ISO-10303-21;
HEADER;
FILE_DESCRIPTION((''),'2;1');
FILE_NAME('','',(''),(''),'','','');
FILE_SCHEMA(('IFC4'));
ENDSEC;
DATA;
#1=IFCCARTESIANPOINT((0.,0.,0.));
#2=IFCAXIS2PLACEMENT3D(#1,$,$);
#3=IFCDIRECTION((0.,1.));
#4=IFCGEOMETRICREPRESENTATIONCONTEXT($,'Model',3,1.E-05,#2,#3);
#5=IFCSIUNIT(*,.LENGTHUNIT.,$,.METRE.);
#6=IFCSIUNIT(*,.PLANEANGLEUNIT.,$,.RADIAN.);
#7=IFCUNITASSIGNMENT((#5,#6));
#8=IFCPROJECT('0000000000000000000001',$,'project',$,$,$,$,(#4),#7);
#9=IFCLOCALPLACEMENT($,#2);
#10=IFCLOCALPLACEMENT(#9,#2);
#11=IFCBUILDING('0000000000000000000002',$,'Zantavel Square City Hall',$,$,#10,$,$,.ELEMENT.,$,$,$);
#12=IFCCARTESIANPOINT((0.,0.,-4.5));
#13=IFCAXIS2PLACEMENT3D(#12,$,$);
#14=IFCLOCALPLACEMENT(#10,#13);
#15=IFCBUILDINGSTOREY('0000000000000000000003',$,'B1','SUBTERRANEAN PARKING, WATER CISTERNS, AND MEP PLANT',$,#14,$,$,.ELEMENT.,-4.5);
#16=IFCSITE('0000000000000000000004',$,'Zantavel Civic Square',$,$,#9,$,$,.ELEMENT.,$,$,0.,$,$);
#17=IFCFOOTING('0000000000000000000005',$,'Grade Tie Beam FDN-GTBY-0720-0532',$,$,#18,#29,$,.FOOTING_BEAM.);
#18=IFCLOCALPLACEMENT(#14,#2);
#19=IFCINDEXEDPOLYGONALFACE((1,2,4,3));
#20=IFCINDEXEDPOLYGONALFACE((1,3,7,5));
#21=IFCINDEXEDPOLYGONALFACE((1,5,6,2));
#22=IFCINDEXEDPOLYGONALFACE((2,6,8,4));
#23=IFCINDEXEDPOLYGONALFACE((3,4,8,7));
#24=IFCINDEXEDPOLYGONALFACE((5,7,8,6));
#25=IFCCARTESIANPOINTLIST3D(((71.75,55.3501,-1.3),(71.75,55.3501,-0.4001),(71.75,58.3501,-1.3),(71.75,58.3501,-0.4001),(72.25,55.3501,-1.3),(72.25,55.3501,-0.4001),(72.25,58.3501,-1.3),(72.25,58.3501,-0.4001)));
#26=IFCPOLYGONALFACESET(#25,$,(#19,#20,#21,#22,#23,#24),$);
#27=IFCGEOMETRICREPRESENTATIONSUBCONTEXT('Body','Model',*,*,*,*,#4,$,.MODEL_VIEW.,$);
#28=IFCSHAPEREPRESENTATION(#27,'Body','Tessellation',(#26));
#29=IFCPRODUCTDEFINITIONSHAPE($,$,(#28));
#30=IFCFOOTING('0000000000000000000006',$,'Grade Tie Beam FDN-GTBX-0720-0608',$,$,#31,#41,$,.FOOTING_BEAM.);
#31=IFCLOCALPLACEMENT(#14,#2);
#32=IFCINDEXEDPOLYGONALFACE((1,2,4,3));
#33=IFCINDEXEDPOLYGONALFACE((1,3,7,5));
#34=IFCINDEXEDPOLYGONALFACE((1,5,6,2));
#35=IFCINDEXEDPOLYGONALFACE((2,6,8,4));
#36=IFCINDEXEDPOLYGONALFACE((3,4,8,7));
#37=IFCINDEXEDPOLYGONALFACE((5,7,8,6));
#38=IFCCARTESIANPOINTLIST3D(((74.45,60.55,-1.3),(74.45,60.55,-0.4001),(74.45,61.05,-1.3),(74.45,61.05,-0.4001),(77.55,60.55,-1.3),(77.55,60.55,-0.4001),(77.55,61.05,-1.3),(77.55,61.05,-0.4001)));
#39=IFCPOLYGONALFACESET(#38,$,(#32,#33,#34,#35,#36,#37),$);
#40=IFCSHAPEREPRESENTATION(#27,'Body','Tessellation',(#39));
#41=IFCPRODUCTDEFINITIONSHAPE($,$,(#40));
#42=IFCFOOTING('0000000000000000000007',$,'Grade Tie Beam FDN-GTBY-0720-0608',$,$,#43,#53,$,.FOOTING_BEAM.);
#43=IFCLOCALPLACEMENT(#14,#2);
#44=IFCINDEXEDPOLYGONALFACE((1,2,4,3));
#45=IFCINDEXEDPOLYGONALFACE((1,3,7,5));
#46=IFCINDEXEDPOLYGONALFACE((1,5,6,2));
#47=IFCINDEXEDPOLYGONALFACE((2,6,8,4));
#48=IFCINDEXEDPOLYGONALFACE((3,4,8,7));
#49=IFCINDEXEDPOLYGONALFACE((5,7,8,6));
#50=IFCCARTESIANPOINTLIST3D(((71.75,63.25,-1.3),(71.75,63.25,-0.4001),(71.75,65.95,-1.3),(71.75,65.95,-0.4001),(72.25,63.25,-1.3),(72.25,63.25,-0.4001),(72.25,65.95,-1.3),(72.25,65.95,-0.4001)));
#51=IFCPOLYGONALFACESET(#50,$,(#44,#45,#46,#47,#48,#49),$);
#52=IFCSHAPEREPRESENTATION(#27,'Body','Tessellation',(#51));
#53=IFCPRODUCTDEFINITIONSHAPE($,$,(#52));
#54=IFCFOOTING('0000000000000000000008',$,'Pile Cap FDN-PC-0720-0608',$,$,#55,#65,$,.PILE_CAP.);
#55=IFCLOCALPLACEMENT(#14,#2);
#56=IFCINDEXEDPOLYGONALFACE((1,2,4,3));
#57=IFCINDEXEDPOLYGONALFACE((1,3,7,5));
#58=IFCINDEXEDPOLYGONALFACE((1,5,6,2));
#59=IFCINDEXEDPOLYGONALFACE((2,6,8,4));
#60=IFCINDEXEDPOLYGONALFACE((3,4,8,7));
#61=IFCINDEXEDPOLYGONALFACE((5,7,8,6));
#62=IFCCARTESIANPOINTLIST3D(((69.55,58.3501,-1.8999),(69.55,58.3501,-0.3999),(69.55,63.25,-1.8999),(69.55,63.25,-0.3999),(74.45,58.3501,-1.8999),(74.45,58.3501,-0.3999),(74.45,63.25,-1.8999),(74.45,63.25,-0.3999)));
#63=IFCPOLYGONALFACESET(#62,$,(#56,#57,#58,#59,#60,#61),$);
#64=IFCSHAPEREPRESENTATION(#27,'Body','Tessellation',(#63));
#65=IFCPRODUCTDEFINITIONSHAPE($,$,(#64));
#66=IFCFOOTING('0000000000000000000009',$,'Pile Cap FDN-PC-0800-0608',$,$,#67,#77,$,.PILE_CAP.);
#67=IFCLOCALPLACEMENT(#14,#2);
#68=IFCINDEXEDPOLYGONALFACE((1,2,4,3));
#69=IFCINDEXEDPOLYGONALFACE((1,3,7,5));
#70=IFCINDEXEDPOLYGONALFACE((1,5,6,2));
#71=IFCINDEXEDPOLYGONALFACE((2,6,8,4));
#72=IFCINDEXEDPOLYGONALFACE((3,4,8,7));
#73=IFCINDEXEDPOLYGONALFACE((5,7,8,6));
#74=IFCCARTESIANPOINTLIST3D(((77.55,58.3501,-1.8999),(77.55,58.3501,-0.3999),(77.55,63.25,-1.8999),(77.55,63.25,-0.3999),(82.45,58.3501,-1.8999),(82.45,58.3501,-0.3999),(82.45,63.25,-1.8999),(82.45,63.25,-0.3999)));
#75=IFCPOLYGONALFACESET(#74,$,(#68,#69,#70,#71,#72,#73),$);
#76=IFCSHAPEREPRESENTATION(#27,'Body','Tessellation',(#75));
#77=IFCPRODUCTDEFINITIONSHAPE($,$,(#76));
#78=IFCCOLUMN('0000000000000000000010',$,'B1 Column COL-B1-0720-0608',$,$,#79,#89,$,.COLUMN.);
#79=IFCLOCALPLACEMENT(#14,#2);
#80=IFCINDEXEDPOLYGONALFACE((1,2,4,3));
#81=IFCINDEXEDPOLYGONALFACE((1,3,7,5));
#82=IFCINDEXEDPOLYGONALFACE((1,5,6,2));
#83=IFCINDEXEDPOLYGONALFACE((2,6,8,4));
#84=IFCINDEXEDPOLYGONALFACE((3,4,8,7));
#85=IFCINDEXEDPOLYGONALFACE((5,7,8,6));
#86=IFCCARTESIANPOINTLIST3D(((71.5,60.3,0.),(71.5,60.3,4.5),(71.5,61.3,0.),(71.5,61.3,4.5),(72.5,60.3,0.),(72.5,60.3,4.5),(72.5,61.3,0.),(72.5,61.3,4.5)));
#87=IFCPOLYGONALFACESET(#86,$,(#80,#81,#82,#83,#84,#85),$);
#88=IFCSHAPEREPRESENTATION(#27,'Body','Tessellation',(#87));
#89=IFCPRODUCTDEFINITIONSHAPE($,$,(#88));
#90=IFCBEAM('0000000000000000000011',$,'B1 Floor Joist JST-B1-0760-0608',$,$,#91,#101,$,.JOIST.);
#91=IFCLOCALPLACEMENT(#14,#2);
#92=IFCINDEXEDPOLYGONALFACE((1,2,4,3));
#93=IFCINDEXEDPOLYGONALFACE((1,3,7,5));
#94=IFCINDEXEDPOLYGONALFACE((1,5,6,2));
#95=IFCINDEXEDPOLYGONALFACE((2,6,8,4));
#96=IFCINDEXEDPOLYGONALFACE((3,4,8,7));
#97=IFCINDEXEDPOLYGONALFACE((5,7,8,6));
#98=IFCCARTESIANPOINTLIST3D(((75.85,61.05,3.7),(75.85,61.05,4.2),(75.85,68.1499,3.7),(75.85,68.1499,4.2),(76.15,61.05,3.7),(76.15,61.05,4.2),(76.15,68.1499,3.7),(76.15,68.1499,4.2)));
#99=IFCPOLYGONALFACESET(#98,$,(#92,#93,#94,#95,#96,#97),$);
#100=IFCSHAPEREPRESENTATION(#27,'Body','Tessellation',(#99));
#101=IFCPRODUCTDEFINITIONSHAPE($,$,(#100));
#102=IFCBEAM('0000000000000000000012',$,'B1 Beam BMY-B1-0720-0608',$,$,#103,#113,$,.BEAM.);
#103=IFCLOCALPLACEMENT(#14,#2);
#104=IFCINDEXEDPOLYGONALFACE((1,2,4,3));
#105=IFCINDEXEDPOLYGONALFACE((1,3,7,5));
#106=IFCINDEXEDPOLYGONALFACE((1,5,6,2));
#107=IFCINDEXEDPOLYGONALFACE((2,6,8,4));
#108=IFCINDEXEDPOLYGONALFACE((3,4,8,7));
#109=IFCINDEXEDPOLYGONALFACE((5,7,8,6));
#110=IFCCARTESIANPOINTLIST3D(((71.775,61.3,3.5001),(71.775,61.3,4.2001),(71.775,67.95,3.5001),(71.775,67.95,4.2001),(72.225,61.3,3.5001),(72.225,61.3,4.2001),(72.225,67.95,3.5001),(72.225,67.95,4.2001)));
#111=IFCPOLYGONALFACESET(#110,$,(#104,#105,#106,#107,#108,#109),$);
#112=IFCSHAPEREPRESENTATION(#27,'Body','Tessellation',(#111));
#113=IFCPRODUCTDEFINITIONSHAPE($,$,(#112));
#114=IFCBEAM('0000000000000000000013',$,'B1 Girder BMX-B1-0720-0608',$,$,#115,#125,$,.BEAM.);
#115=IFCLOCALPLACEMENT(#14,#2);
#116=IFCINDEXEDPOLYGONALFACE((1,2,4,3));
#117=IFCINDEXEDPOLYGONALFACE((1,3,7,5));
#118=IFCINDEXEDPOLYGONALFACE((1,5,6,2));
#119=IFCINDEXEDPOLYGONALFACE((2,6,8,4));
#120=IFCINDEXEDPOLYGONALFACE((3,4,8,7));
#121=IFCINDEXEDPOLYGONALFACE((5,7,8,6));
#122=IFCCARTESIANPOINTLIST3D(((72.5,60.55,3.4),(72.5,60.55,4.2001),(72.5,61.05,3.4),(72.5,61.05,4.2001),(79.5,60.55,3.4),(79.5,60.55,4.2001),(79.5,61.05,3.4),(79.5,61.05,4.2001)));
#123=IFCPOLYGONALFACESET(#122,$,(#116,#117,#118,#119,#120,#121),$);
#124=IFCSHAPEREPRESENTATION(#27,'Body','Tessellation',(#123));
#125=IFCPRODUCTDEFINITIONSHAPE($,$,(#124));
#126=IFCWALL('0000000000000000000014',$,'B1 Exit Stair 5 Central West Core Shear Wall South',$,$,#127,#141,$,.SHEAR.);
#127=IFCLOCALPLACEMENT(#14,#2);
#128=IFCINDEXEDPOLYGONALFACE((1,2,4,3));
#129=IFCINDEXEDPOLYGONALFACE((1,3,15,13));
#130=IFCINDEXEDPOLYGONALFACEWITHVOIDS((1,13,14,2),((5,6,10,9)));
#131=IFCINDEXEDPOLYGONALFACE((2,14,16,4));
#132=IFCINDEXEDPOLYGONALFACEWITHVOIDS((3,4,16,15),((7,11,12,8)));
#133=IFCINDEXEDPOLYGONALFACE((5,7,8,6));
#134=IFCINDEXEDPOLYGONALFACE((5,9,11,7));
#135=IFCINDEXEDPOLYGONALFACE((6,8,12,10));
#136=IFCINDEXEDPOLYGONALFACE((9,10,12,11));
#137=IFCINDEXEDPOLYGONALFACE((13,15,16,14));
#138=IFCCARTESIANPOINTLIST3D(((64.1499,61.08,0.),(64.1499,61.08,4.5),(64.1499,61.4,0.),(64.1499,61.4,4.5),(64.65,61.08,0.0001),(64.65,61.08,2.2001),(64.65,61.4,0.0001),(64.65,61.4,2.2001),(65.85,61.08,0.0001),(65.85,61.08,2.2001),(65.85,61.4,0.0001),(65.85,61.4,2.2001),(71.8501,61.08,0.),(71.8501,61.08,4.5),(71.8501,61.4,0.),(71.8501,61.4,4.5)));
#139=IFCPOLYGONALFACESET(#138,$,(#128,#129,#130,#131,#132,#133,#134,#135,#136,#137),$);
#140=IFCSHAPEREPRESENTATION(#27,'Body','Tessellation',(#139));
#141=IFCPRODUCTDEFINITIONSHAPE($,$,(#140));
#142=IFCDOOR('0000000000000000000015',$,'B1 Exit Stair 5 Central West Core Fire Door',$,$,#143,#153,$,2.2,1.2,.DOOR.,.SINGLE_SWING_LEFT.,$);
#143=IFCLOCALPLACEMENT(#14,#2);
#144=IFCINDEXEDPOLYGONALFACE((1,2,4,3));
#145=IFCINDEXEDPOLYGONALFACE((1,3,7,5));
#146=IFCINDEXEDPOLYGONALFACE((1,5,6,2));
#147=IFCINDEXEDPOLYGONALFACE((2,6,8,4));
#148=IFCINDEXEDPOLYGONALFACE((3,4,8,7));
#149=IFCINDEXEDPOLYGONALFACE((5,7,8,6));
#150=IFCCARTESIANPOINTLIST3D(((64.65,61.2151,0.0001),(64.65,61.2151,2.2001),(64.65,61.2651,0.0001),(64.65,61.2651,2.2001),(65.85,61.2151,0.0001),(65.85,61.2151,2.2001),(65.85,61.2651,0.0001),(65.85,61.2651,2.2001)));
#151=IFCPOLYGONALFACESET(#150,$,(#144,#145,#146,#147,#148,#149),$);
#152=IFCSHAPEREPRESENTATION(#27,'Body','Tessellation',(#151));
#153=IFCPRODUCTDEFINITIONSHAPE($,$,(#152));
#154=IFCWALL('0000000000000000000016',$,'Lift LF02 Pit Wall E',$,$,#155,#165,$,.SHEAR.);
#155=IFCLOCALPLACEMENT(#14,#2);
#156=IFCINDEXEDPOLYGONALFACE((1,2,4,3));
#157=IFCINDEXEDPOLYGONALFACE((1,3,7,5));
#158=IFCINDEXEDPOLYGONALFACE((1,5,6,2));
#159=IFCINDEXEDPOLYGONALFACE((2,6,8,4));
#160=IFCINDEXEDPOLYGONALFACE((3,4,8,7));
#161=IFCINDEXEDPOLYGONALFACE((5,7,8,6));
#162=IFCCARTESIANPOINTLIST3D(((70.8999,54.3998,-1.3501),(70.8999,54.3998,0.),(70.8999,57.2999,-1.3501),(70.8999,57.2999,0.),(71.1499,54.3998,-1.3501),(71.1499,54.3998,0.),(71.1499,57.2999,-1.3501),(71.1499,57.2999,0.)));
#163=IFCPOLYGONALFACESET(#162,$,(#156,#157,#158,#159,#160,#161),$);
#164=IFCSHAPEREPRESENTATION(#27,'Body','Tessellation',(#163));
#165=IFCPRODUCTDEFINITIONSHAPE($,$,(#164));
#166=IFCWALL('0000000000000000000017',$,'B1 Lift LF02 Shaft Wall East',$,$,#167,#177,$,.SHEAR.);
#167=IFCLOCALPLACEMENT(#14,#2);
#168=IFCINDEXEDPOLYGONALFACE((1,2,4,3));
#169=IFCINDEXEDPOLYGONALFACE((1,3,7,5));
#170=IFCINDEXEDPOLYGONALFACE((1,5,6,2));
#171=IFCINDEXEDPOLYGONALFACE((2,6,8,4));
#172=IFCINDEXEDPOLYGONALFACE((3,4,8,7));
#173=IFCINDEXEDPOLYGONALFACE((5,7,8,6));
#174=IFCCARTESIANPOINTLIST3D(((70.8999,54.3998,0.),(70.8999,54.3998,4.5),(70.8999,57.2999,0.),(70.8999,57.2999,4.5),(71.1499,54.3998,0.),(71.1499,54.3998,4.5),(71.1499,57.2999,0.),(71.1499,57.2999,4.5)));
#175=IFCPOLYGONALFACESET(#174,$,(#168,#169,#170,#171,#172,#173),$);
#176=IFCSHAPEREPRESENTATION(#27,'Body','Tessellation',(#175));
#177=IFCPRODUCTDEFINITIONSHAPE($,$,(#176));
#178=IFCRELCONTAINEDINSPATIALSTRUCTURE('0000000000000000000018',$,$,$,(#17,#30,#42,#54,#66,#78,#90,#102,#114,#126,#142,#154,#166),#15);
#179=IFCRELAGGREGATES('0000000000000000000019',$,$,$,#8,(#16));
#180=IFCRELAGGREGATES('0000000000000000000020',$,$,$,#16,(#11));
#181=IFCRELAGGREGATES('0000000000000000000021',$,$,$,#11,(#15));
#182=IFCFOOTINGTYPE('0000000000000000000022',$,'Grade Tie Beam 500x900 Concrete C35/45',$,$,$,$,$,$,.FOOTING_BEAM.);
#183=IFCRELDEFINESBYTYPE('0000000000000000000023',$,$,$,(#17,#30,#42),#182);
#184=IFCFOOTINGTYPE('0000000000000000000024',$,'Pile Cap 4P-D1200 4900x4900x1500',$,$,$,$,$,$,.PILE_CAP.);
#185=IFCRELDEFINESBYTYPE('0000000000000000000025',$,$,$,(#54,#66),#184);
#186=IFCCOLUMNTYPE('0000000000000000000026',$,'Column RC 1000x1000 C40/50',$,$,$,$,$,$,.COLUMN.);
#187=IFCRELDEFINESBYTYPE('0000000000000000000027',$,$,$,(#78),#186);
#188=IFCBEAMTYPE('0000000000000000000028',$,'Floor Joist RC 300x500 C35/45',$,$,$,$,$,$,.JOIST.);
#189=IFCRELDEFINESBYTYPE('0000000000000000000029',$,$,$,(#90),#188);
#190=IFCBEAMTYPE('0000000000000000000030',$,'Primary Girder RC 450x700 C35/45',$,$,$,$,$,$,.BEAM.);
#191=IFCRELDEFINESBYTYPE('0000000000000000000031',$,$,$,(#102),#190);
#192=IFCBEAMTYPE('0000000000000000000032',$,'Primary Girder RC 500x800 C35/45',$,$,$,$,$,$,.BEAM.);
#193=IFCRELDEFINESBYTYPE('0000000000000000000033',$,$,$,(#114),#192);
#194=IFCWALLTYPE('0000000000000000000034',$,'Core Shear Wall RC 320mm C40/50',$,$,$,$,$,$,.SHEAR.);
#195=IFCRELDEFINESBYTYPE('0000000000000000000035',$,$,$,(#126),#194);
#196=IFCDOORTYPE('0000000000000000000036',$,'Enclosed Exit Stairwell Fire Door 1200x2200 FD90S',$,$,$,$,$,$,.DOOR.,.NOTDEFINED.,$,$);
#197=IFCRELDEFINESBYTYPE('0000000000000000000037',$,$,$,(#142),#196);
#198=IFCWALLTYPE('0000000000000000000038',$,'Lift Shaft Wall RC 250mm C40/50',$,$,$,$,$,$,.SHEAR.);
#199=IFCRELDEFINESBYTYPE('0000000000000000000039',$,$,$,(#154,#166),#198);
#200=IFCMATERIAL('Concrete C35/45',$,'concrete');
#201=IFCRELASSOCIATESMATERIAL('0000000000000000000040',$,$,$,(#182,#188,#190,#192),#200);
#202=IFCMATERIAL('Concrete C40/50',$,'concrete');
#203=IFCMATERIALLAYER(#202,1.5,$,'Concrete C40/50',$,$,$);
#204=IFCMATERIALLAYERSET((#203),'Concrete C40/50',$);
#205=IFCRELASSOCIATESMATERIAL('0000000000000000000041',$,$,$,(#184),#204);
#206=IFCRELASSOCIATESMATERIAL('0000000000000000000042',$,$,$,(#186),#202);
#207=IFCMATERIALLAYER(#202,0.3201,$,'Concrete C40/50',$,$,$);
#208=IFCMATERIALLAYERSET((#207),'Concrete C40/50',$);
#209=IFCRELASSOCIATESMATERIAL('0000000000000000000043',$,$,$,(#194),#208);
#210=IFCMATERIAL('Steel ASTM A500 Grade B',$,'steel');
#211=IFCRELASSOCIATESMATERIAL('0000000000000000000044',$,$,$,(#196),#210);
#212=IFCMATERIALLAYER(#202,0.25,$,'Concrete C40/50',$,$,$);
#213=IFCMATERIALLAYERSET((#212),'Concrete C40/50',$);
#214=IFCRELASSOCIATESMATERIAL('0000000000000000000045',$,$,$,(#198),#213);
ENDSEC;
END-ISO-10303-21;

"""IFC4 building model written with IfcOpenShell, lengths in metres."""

from ifc_helpers import new_model, si_unit, direction, frame, frame_2d, origin, origin_2d, place, context, subcontext, project, spatial, rectangle, extrude, material, layer, layer_set, material_profile, profile_set, type_object, element, fill, save


model = new_model("IFC4")

# Units and contexts
model_context = context("Model", 3, precision=1e-05, world=origin(), true_north=direction((0.0, 1.0)))
body_context = subcontext(model_context, "Body", "Model", "MODEL_VIEW")
ifc_project = project(units=[si_unit("LENGTHUNIT", "METRE"), si_unit("PLANEANGLEUNIT", "RADIAN")], contexts=[model_context])

# Site, building, storey
site_placement = place(None, origin())
site = spatial("IfcSite", under=ifc_project, at=site_placement, Name="Zantavel Civic Square", CompositionType="ELEMENT", RefElevation=0.0)
building_placement = place(site_placement, origin())
building = spatial("IfcBuilding", under=site, at=building_placement, Name="Zantavel Square City Hall", CompositionType="ELEMENT")
storey_placement = place(building_placement, frame((0.0, 0.0, -4.5)))
storey = spatial("IfcBuildingStorey", under=building, at=storey_placement, Name="B1", Description="SUBTERRANEAN PARKING, WATER CISTERNS, AND MEP PLANT", CompositionType="ELEMENT", Elevation=-4.5)

# Shared definitions
ifc_material_1 = material(Name="Concrete C35/45", Category="concrete")

# Footings
ifc_material_profile_1 = material_profile(ifc_material_1, rectangle(XDim=0.5, YDim=0.8999, at=origin_2d()), Name="RC 500x900")
ifc_profile_set_1 = profile_set([ifc_material_profile_1], Name="Concrete C35/45")
footing_type_1 = type_object("IfcFootingType", Name="Grade Tie Beam 500x900 Concrete C35/45", PredefinedType="FOOTING_BEAM", material=ifc_profile_set_1)
footing_1_placement = place(storey_placement, frame((72.0, 55.3501, -0.8501), z_axis=(0.0, 1.0, 0.0), x_axis=(-1.0, 0.0, 0.0)))
element("IfcFooting", 1, at=footing_1_placement, inside=storey, type_object=footing_type_1, Name="Grade Tie Beam FDN-GTBY-0720-0532", PredefinedType="FOOTING_BEAM", context=body_context, shape_type="SweptSolid", body=[
    extrude(rectangle(XDim=0.5, YDim=0.8999, at=origin_2d()), origin(), (0.0, 0.0, 1.0), 3.0),
])
footing_2_placement = place(storey_placement, frame((74.45, 60.8, -0.8501), z_axis=(1.0, 0.0, 0.0), x_axis=(0.0, 1.0, 0.0)))
element("IfcFooting", 2, at=footing_2_placement, inside=storey, type_object=footing_type_1, Name="Grade Tie Beam FDN-GTBX-0720-0608", PredefinedType="FOOTING_BEAM", context=body_context, shape_type="SweptSolid", body=[
    extrude(rectangle(XDim=0.5, YDim=0.8999, at=origin_2d()), origin(), (0.0, 0.0, 1.0), 3.1001),
])
footing_3_placement = place(storey_placement, frame((72.0, 63.25, -0.8501), z_axis=(0.0, 1.0, 0.0), x_axis=(-1.0, 0.0, 0.0)))
element("IfcFooting", 3, at=footing_3_placement, inside=storey, type_object=footing_type_1, Name="Grade Tie Beam FDN-GTBY-0720-0608", PredefinedType="FOOTING_BEAM", context=body_context, shape_type="SweptSolid", body=[
    extrude(rectangle(XDim=0.5, YDim=0.8999, at=origin_2d()), origin(), (0.0, 0.0, 1.0), 2.7),
])
ifc_material_2 = material(Name="Concrete C40/50", Category="concrete")
ifc_layer_1 = layer(ifc_material_2, 1.5, Name="Concrete C40/50")
ifc_layer_set_1 = layer_set([ifc_layer_1], Name="Concrete C40/50")
footing_type_2 = type_object("IfcFootingType", Name="Pile Cap 4P-D1200 4900x4900x1500", PredefinedType="PILE_CAP", material=ifc_layer_set_1)
for number, where, z_axis, x_axis, name in (
    (4, (72.0, 60.8, -1.8999), (0.0, 0.0, 1.0), (1.0, 0.0, 0.0), "Pile Cap FDN-PC-0720-0608"),
    (5, (80.0, 60.8, -1.8999), (0.0, 0.0, 1.0), (1.0, 0.0, 0.0), "Pile Cap FDN-PC-0800-0608"),
):
    element("IfcFooting", number, at=place(storey_placement, frame(where, z_axis=z_axis, x_axis=x_axis)), inside=storey, type_object=footing_type_2, Name=name, PredefinedType="PILE_CAP", context=body_context, shape_type="SweptSolid", body=[
        extrude(rectangle(XDim=4.8999, YDim=4.8999, at=origin_2d()), origin(), (0.0, 0.0, 1.0), 1.5),
    ])

# Column
ifc_material_profile_2 = material_profile(ifc_material_2, rectangle(XDim=1.0, YDim=1.0, at=origin_2d()), Name="RC 1000x1000")
ifc_profile_set_2 = profile_set([ifc_material_profile_2], Name="Concrete C40/50")
column_type = type_object("IfcColumnType", Name="Column RC 1000x1000 C40/50", PredefinedType="COLUMN", material=ifc_profile_set_2)
column_placement = place(storey_placement, frame((72.0, 60.8, 0.0), z_axis=(0.0, 0.0, 1.0), x_axis=(1.0, 0.0, 0.0)))
element("IfcColumn", 6, at=column_placement, inside=storey, type_object=column_type, Name="B1 Column COL-B1-0720-0608", PredefinedType="COLUMN", context=body_context, shape_type="SweptSolid", body=[
    extrude(rectangle(XDim=1.0, YDim=1.0, at=origin_2d()), origin(), (0.0, 0.0, 1.0), 4.5),
])

# Beams
ifc_material_profile_3 = material_profile(ifc_material_1, rectangle(XDim=0.3, YDim=0.5, at=origin_2d()), Name="RC 300x500")
ifc_profile_set_3 = profile_set([ifc_material_profile_3], Name="Concrete C35/45")
beam_type_1 = type_object("IfcBeamType", Name="Floor Joist RC 300x500 C35/45", PredefinedType="JOIST", material=ifc_profile_set_3)
beam_1_placement = place(storey_placement, frame((76.0, 61.05, 3.95), z_axis=(0.0, 1.0, 0.0), x_axis=(-1.0, 0.0, 0.0)))
element("IfcBeam", 7, at=beam_1_placement, inside=storey, type_object=beam_type_1, Name="B1 Floor Joist JST-B1-0760-0608", PredefinedType="JOIST", context=body_context, shape_type="SweptSolid", body=[
    extrude(rectangle(XDim=0.3, YDim=0.5, at=origin_2d()), origin(), (0.0, 0.0, 1.0), 7.0999),
])
ifc_material_profile_4 = material_profile(ifc_material_1, rectangle(XDim=0.45, YDim=0.7, at=origin_2d()), Name="RC 450x700")
ifc_profile_set_4 = profile_set([ifc_material_profile_4], Name="Concrete C35/45")
beam_type_2 = type_object("IfcBeamType", Name="Primary Girder RC 450x700 C35/45", PredefinedType="BEAM", material=ifc_profile_set_4)
beam_2_placement = place(storey_placement, frame((72.0, 61.3, 3.8501), z_axis=(0.0, 1.0, 0.0), x_axis=(-1.0, 0.0, 0.0)))
element("IfcBeam", 8, at=beam_2_placement, inside=storey, type_object=beam_type_2, Name="B1 Beam BMY-B1-0720-0608", PredefinedType="BEAM", context=body_context, shape_type="SweptSolid", body=[
    extrude(rectangle(XDim=0.45, YDim=0.7, at=origin_2d()), origin(), (0.0, 0.0, 1.0), 6.6499),
])
ifc_material_profile_5 = material_profile(ifc_material_1, rectangle(XDim=0.5, YDim=0.8, at=origin_2d()), Name="RC 500x800")
ifc_profile_set_5 = profile_set([ifc_material_profile_5], Name="Concrete C35/45")
beam_type_3 = type_object("IfcBeamType", Name="Primary Girder RC 500x800 C35/45", PredefinedType="BEAM", material=ifc_profile_set_5)
beam_3_placement = place(storey_placement, frame((72.5, 60.8, 3.8), z_axis=(1.0, 0.0, 0.0), x_axis=(0.0, 1.0, 0.0)))
element("IfcBeam", 9, at=beam_3_placement, inside=storey, type_object=beam_type_3, Name="B1 Girder BMX-B1-0720-0608", PredefinedType="BEAM", context=body_context, shape_type="SweptSolid", body=[
    extrude(rectangle(XDim=0.5, YDim=0.8, at=origin_2d()), origin(), (0.0, 0.0, 1.0), 7.0),
])

# Wall, opening, door
ifc_layer_2 = layer(ifc_material_2, 0.3201, Name="Concrete C40/50")
ifc_layer_set_2 = layer_set([ifc_layer_2], Name="Concrete C40/50")
wall_type_1 = type_object("IfcWallType", Name="Core Shear Wall RC 320mm C40/50", PredefinedType="SHEAR", material=ifc_layer_set_2)
wall_1_placement = place(storey_placement, frame((71.8501, 61.24, 0.0), z_axis=(0.0, 0.0, 1.0), x_axis=(-1.0, 0.0, 0.0)))
wall_1 = element("IfcWall", 10, at=wall_1_placement, inside=storey, type_object=wall_type_1, Name="B1 Exit Stair 5 Central West Core Shear Wall South", PredefinedType="SHEAR", context=body_context, shape_type="SweptSolid", body=[
    extrude(rectangle(XDim=7.7002, YDim=0.3201, at=frame_2d((3.8501, 0.0))), origin(), (0.0, 0.0, 1.0), 4.5),
])
opening_placement = place(wall_1_placement, frame((6.0, 0.0, 0.0)))
opening = element("IfcOpeningElement", 11, at=opening_placement, cuts=wall_1, PredefinedType="OPENING", context=body_context, shape_type="SweptSolid", body=[
    extrude(rectangle(XDim=1.2, YDim=2.2, at=frame_2d((0.6001, 1.1001))), frame((0.0, 0.1699, 0.0), z_axis=(0.0, -1.0, 0.0), x_axis=(1.0, 0.0, 0.0)), (0.0, 0.0, 1.0), 0.3401),
])
ifc_material_3 = material(Name="Steel ASTM A500 Grade B", Category="steel")
door_type = type_object("IfcDoorType", Name="Enclosed Exit Stairwell Fire Door 1200x2200 FD90S", OperationType="NOTDEFINED", PredefinedType="DOOR", material=ifc_material_3)
door_placement = place(opening_placement, origin())
door = element("IfcDoor", 12, at=door_placement, inside=storey, type_object=door_type, Name="B1 Exit Stair 5 Central West Core Fire Door", OperationType="SINGLE_SWING_LEFT", OverallHeight=2.2, OverallWidth=1.2, PredefinedType="DOOR", context=body_context, shape_type="SweptSolid", body=[
    extrude(rectangle(XDim=1.2, YDim=2.2, at=frame_2d((0.6001, 1.1001))), frame((0.0, 0.0249, 0.0), z_axis=(0.0, -1.0, 0.0), x_axis=(1.0, 0.0, 0.0)), (0.0, 0.0, 1.0), 0.05),
])
fill(opening, door)

# Walls
ifc_layer_3 = layer(ifc_material_2, 0.25, Name="Concrete C40/50")
ifc_layer_set_3 = layer_set([ifc_layer_3], Name="Concrete C40/50")
wall_type_2 = type_object("IfcWallType", Name="Lift Shaft Wall RC 250mm C40/50", PredefinedType="SHEAR", material=ifc_layer_set_3)
wall_2_placement = place(storey_placement, frame((71.0249, 57.3, -1.3501), z_axis=(0.0, 0.0, 1.0), x_axis=(0.0, -1.0, 0.0)))
element("IfcWall", 13, at=wall_2_placement, inside=storey, type_object=wall_type_2, Name="Lift LF02 Pit Wall E", PredefinedType="SHEAR", context=body_context, shape_type="SweptSolid", body=[
    extrude(rectangle(XDim=2.9001, YDim=0.25, at=frame_2d((1.4502, 0.0))), origin(), (0.0, 0.0, 1.0), 1.3501),
])
wall_3_placement = place(storey_placement, frame((71.0249, 57.3, 0.0), z_axis=(0.0, 0.0, 1.0), x_axis=(0.0, -1.0, 0.0)))
element("IfcWall", 14, at=wall_3_placement, inside=storey, type_object=wall_type_2, Name="B1 Lift LF02 Shaft Wall East", PredefinedType="SHEAR", context=body_context, shape_type="SweptSolid", body=[
    extrude(rectangle(XDim=2.9001, YDim=0.25, at=frame_2d((1.4502, 0.0))), origin(), (0.0, 0.0, 1.0), 4.5),
])

save(model, "model.ifc")
